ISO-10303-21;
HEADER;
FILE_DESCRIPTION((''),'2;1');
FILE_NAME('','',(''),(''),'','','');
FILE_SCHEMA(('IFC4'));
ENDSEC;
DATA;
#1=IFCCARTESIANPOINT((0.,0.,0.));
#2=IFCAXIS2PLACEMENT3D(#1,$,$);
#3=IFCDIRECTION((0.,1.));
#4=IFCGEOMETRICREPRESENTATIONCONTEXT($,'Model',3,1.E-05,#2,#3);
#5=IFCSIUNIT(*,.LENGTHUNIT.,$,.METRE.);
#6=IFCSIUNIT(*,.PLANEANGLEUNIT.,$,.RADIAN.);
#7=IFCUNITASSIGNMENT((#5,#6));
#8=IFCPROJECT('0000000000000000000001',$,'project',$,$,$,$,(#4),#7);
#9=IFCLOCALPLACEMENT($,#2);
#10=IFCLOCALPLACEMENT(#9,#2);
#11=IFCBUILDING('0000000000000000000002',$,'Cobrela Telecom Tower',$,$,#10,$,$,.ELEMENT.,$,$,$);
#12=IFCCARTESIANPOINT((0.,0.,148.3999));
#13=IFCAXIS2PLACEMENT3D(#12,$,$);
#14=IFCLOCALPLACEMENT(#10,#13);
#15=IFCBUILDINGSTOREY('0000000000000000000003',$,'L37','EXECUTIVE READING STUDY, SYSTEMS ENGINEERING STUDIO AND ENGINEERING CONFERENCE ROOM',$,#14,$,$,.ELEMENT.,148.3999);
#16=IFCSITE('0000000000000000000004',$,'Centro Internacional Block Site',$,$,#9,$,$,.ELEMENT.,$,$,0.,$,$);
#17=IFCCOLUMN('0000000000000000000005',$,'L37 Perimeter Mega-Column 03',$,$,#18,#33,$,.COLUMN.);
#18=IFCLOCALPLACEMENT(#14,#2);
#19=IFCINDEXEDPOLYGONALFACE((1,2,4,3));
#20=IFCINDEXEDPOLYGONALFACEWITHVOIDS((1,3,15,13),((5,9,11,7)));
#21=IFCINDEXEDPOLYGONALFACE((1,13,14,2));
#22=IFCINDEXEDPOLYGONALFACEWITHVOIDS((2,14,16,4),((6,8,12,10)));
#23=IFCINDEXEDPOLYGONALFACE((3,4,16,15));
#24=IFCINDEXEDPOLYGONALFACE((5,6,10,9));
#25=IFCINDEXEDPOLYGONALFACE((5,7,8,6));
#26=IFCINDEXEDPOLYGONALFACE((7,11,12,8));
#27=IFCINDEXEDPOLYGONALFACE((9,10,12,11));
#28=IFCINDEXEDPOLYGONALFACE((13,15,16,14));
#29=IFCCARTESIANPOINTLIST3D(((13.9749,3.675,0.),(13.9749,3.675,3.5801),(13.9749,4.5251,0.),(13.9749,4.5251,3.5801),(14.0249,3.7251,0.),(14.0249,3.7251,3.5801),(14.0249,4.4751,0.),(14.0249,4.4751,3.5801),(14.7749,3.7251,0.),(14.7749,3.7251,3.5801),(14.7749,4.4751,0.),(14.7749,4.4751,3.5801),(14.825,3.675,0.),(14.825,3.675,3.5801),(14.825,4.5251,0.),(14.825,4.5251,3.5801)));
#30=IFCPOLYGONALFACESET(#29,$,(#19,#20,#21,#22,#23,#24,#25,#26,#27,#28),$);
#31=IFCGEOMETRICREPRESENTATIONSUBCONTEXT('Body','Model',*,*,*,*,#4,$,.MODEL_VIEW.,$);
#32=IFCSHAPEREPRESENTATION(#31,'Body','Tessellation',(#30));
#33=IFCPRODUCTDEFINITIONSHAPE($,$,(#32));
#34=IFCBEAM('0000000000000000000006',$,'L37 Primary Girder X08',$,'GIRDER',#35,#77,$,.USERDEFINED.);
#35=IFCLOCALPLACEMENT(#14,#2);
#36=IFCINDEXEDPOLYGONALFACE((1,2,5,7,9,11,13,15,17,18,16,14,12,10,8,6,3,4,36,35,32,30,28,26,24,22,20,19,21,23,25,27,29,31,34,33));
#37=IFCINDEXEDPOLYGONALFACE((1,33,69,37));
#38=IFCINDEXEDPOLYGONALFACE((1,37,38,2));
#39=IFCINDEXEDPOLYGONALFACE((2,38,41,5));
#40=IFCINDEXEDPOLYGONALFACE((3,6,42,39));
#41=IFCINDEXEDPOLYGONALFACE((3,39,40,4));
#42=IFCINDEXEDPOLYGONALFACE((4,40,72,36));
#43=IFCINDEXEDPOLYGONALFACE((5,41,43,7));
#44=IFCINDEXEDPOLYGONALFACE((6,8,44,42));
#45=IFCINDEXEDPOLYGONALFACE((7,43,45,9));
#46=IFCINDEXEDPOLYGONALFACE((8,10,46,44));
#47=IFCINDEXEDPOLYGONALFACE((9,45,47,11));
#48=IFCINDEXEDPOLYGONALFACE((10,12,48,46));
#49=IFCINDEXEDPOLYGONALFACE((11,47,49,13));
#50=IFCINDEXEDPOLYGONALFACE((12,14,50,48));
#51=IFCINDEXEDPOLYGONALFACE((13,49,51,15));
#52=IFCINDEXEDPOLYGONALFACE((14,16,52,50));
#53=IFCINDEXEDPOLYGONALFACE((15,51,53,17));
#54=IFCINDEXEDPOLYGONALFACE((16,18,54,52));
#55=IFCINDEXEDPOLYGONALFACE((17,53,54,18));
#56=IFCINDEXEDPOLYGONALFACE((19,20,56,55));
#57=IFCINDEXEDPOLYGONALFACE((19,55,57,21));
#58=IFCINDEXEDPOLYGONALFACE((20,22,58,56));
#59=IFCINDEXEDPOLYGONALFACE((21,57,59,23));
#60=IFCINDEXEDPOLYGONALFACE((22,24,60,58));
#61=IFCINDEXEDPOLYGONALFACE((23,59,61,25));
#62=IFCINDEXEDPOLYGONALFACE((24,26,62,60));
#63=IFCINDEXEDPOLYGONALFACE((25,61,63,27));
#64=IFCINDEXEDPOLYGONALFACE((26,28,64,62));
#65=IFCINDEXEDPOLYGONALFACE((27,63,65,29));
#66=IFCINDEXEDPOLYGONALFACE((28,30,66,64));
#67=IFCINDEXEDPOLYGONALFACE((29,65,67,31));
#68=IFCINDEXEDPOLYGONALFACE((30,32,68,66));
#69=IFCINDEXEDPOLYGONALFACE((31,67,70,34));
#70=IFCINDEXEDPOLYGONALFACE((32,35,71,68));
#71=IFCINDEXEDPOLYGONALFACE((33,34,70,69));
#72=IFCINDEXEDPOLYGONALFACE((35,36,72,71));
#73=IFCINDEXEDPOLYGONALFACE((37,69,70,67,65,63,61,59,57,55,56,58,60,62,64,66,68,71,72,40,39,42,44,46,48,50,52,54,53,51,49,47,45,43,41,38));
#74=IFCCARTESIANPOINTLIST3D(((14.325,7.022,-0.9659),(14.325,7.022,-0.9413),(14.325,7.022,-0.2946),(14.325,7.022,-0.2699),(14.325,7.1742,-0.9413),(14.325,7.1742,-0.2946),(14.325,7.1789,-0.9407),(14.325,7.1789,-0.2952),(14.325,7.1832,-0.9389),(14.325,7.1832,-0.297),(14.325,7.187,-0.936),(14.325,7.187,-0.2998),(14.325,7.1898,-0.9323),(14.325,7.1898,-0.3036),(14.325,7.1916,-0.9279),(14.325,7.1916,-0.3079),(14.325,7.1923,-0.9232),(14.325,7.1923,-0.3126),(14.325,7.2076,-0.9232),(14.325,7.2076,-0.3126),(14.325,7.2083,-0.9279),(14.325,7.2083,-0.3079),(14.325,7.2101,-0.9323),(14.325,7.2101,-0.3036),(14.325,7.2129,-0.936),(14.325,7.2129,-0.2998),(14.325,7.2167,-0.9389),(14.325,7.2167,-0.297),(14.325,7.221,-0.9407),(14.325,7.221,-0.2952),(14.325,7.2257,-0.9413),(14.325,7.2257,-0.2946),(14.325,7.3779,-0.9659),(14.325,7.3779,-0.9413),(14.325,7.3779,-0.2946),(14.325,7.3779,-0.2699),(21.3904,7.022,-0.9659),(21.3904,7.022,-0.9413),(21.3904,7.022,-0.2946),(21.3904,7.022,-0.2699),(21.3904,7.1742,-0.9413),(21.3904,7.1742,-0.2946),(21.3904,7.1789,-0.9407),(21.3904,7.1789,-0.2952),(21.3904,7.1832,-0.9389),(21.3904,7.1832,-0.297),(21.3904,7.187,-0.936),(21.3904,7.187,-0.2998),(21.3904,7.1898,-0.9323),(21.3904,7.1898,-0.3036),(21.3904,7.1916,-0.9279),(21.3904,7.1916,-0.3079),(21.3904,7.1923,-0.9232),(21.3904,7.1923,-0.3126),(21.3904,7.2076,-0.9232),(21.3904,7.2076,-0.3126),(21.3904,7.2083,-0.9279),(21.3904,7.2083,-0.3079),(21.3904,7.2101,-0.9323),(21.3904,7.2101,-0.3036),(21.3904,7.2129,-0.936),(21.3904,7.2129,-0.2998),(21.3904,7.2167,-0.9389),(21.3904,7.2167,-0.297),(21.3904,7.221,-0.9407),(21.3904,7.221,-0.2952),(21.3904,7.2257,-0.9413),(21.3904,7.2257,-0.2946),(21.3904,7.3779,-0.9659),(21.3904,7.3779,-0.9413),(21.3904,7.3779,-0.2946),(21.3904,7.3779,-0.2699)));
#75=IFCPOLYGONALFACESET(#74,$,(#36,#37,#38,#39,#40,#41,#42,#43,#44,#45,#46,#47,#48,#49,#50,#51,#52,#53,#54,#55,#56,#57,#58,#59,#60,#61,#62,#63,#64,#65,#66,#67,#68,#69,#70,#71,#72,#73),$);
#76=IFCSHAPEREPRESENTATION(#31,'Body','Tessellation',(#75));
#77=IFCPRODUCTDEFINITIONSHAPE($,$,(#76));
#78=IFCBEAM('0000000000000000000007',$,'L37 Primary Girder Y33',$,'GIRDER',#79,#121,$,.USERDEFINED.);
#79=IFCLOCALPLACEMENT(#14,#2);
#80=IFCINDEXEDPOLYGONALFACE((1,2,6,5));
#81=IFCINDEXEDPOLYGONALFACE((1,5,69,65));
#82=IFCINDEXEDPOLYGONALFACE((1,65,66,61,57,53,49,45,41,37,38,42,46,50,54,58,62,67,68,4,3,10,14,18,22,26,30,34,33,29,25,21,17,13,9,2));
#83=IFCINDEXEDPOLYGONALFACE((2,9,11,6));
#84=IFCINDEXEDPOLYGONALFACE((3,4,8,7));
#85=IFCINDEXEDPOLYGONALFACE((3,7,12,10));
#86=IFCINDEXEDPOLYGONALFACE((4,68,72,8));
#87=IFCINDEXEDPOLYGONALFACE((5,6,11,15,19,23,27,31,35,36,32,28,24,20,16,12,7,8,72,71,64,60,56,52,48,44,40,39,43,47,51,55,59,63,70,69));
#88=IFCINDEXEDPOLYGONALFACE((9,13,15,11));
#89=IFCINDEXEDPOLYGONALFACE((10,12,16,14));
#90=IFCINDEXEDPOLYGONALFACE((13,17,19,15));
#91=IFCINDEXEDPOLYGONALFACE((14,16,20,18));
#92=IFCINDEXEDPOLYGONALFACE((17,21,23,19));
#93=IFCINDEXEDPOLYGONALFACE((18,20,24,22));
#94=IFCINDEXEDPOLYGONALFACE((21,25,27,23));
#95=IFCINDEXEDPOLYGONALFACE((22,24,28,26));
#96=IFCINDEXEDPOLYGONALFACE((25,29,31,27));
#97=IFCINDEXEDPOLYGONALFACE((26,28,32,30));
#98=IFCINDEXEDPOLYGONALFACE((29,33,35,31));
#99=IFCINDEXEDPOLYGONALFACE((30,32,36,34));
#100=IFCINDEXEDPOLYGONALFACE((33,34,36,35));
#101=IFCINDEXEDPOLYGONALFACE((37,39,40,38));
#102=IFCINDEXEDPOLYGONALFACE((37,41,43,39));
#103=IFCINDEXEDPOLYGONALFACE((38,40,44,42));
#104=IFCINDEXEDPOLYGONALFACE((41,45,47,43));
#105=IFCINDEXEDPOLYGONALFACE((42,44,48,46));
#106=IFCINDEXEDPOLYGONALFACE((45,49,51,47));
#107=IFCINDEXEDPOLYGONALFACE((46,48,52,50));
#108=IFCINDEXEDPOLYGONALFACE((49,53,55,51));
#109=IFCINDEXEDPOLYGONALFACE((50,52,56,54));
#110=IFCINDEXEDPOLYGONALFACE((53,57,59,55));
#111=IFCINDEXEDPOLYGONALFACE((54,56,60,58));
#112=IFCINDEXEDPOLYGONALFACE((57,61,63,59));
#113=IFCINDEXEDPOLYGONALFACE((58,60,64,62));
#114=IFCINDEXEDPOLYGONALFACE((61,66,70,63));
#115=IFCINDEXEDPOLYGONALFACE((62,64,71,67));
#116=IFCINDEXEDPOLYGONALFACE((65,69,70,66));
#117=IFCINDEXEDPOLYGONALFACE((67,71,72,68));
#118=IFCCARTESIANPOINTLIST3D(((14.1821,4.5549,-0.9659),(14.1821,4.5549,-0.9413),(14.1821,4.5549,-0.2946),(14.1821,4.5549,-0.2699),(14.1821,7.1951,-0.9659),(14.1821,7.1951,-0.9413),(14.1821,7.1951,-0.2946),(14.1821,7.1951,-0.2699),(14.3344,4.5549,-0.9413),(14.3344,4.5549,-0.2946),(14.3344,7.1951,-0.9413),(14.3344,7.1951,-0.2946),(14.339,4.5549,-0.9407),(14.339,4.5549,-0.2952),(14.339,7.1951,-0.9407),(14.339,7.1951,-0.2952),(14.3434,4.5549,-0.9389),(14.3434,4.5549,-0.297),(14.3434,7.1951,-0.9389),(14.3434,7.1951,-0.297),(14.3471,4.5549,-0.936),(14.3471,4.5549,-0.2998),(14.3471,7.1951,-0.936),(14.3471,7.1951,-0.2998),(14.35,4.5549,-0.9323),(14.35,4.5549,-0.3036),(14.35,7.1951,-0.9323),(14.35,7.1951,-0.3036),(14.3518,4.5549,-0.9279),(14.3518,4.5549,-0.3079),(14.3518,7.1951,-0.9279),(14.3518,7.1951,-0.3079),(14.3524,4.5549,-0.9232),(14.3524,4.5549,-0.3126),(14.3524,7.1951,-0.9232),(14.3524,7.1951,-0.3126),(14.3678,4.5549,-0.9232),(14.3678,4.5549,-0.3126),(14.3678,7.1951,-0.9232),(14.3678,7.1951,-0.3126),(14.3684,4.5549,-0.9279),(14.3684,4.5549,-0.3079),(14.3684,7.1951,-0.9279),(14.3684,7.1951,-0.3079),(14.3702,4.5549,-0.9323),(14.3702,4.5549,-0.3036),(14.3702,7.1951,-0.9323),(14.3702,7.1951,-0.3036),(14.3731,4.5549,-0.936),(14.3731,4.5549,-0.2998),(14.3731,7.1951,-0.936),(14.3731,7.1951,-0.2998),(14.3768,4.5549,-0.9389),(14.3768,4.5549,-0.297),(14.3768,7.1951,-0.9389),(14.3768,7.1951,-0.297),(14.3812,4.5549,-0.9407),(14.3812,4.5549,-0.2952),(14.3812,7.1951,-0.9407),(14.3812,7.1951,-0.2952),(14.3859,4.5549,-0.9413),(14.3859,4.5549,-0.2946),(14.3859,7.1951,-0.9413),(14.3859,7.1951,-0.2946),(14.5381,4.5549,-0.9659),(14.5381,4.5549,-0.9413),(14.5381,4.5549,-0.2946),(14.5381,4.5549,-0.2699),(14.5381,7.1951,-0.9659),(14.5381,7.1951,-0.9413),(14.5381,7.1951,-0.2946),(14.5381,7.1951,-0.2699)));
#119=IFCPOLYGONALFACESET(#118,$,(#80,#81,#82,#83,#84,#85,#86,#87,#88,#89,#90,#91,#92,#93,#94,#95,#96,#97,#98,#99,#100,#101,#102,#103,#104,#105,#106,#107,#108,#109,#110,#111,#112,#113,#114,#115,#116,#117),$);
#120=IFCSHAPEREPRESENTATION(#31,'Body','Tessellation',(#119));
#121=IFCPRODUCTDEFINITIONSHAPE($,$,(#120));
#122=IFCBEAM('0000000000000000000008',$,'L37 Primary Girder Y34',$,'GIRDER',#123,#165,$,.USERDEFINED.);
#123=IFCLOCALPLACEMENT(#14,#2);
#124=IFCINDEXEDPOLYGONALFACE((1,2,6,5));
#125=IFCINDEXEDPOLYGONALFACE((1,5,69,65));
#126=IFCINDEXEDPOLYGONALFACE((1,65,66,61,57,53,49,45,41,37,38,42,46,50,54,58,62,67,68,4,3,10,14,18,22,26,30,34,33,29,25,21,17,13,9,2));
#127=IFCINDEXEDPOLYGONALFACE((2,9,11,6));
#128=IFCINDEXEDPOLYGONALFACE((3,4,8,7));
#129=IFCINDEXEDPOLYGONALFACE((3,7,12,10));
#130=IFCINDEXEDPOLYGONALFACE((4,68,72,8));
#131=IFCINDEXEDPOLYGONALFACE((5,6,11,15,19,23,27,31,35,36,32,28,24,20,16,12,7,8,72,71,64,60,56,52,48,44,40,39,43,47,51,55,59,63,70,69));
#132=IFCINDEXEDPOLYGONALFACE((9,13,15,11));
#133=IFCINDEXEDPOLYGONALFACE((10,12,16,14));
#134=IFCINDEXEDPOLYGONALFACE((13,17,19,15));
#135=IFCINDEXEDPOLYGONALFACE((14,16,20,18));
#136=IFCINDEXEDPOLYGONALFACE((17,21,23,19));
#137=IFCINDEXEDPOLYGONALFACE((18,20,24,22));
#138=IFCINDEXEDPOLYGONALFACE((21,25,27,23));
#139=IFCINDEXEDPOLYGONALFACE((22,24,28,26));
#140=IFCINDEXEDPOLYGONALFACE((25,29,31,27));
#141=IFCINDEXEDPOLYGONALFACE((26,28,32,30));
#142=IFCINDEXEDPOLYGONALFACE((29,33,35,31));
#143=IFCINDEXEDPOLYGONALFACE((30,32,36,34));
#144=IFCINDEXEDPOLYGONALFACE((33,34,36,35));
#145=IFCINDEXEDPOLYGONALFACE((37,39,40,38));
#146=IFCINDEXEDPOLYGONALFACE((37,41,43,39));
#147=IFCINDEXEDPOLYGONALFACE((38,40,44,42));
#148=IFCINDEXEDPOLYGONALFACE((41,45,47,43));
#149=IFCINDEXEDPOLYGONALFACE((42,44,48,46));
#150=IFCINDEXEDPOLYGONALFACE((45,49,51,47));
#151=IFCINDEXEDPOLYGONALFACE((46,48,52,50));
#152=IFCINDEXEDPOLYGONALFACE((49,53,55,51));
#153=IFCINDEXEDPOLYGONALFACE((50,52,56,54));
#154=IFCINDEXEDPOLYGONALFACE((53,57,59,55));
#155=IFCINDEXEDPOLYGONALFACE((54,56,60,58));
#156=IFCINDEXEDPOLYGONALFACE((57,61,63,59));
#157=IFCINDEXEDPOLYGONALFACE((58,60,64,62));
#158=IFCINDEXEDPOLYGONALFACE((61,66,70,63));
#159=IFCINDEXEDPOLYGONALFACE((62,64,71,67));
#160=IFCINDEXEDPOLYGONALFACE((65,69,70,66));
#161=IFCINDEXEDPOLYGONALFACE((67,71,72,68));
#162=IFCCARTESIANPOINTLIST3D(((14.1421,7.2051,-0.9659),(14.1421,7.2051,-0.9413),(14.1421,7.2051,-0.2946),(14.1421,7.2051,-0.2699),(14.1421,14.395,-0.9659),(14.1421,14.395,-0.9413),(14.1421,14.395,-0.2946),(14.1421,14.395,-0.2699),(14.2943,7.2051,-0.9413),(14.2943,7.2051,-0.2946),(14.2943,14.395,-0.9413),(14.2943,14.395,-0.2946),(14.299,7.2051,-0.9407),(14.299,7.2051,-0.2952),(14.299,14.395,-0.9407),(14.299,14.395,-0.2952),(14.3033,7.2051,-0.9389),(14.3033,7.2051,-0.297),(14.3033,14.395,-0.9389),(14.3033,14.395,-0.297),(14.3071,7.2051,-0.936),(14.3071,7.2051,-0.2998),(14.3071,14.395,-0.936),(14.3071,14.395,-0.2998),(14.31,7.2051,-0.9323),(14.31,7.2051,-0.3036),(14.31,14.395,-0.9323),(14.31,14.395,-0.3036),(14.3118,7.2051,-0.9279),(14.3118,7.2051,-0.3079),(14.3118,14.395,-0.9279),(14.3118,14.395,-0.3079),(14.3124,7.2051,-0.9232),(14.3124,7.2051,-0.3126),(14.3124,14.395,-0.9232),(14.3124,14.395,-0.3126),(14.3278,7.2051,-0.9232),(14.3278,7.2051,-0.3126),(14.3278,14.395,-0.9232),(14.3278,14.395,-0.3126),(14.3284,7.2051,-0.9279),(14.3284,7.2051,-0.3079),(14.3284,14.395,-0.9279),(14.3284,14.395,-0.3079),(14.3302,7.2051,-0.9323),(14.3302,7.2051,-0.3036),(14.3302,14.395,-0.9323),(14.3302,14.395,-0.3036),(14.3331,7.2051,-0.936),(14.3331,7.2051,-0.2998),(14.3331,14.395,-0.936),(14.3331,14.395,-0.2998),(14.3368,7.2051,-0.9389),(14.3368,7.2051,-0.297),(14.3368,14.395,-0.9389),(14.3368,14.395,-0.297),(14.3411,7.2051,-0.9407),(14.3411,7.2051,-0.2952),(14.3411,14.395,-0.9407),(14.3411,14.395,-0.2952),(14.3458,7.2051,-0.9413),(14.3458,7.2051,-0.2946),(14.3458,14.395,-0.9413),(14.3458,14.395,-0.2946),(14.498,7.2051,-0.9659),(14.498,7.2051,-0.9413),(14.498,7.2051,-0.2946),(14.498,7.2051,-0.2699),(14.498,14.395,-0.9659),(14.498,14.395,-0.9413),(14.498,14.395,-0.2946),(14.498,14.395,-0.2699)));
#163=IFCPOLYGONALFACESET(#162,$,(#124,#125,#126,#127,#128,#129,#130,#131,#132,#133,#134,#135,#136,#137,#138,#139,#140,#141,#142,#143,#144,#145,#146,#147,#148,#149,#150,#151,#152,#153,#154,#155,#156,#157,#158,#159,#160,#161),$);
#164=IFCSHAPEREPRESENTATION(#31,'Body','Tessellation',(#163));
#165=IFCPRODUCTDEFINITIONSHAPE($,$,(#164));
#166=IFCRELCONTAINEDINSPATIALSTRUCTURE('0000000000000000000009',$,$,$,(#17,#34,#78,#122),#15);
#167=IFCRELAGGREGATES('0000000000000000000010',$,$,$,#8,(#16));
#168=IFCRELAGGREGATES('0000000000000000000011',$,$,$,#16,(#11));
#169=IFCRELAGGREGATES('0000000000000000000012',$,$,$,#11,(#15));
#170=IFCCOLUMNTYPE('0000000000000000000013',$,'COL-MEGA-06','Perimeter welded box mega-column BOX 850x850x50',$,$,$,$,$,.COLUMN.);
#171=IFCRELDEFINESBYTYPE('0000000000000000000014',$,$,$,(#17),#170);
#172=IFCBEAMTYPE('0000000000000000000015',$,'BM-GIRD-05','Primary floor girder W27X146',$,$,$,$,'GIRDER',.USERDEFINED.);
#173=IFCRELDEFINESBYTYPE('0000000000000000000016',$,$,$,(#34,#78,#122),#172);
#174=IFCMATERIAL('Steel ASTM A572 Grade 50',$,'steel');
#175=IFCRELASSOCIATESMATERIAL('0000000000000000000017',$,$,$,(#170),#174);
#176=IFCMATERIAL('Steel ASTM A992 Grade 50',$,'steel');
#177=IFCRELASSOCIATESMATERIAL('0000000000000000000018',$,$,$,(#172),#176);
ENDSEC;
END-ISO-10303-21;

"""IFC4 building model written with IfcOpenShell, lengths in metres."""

from ifc_helpers import new_model, si_unit, direction, frame, origin, origin_2d, place, context, subcontext, project, spatial, hollow_rectangle, i_section, extrude, material, material_profile, profile_set, type_object, element, save


model = new_model("IFC4")

# Units and contexts
model_context = context("Model", 3, precision=1e-05, world=origin(), true_north=direction((0.0, 1.0)))
body_context = subcontext(model_context, "Body", "Model", "MODEL_VIEW")
ifc_project = project(units=[si_unit("LENGTHUNIT", "METRE"), si_unit("PLANEANGLEUNIT", "RADIAN")], contexts=[model_context])

# Site, building, storey
site_placement = place(None, origin())
site = spatial("IfcSite", under=ifc_project, at=site_placement, Name="Centro Internacional Block Site", CompositionType="ELEMENT", RefElevation=0.0)
building_placement = place(site_placement, origin())
building = spatial("IfcBuilding", under=site, at=building_placement, Name="Cobrela Telecom Tower", CompositionType="ELEMENT")
storey_placement = place(building_placement, frame((0.0, 0.0, 148.3999)))
storey = spatial("IfcBuildingStorey", under=building, at=storey_placement, Name="L37", Description="EXECUTIVE READING STUDY, SYSTEMS ENGINEERING STUDIO AND ENGINEERING CONFERENCE ROOM", CompositionType="ELEMENT", Elevation=148.3999)

# Column
ifc_material_1 = material(Name="Steel ASTM A572 Grade 50", Category="steel")
ifc_material_profile_1 = material_profile(ifc_material_1, hollow_rectangle(XDim=0.8501, YDim=0.8501, WallThickness=0.05, at=origin_2d()), Name="BOX 850x850x50")
ifc_profile_set_1 = profile_set([ifc_material_profile_1], Name="Steel ASTM A572 Grade 50")
column_type = type_object("IfcColumnType", Name="COL-MEGA-06", Description="Perimeter welded box mega-column BOX 850x850x50", PredefinedType="COLUMN", material=ifc_profile_set_1)
column_placement = place(storey_placement, frame((14.3999, 4.1001, 0.0), z_axis=(0.0, 0.0, 1.0), x_axis=(1.0, 0.0, 0.0)))
element("IfcColumn", 1, at=column_placement, inside=storey, type_object=column_type, Name="L37 Perimeter Mega-Column 03", PredefinedType="COLUMN", context=body_context, shape_type="SweptSolid", body=[
    extrude(hollow_rectangle(XDim=0.8501, YDim=0.8501, WallThickness=0.05, at=origin_2d()), origin(), (0.0, 0.0, 1.0), 3.5801),
])

# Beams
ifc_material_2 = material(Name="Steel ASTM A992 Grade 50", Category="steel")
ifc_material_profile_2 = material_profile(ifc_material_2, i_section(OverallWidth=0.356, OverallDepth=0.696, WebThickness=0.0154, FlangeThickness=0.0247, FilletRadius=0.0181, at=origin_2d()), Name="W27X146")
ifc_profile_set_2 = profile_set([ifc_material_profile_2], Name="Steel ASTM A992 Grade 50")
beam_type_1 = type_object("IfcBeamType", Name="BM-GIRD-05", Description="Primary floor girder W27X146", ElementType="GIRDER", PredefinedType="USERDEFINED", material=ifc_profile_set_2)
beam_1_placement = place(storey_placement, frame((14.325, 7.2, -0.6179), z_axis=(1.0, 0.0, 0.0), x_axis=(0.0, 1.0, 0.0)))
element("IfcBeam", 2, at=beam_1_placement, inside=storey, type_object=beam_type_1, Name="L37 Primary Girder X08", ObjectType="GIRDER", PredefinedType="USERDEFINED", context=body_context, shape_type="SweptSolid", body=[
    extrude(i_section(OverallWidth=0.356, OverallDepth=0.696, WebThickness=0.0154, FlangeThickness=0.0247, FilletRadius=0.0181, at=origin_2d()), origin(), (0.0, 0.0, 1.0), 7.0654),
])
beam_2_placement = place(storey_placement, frame((14.3601, 4.5549, -0.6179), z_axis=(0.0, 1.0, 0.0), x_axis=(-1.0, 0.0, 0.0)))
element("IfcBeam", 3, at=beam_2_placement, inside=storey, type_object=beam_type_1, Name="L37 Primary Girder Y33", ObjectType="GIRDER", PredefinedType="USERDEFINED", context=body_context, shape_type="SweptSolid", body=[
    extrude(i_section(OverallWidth=0.356, OverallDepth=0.696, WebThickness=0.0154, FlangeThickness=0.0247, FilletRadius=0.0181, at=origin_2d()), origin(), (0.0, 0.0, 1.0), 2.6401),
])
beam_3_placement = place(storey_placement, frame((14.3201, 7.2051, -0.6179), z_axis=(0.0, 1.0, 0.0), x_axis=(-1.0, 0.0, 0.0)))
element("IfcBeam", 4, at=beam_3_placement, inside=storey, type_object=beam_type_1, Name="L37 Primary Girder Y34", ObjectType="GIRDER", PredefinedType="USERDEFINED", context=body_context, shape_type="SweptSolid", body=[
    extrude(i_section(OverallWidth=0.356, OverallDepth=0.696, WebThickness=0.0154, FlangeThickness=0.0247, FilletRadius=0.0181, at=origin_2d()), origin(), (0.0, 0.0, 1.0), 7.1899),
])

save(model, "model.ifc")
